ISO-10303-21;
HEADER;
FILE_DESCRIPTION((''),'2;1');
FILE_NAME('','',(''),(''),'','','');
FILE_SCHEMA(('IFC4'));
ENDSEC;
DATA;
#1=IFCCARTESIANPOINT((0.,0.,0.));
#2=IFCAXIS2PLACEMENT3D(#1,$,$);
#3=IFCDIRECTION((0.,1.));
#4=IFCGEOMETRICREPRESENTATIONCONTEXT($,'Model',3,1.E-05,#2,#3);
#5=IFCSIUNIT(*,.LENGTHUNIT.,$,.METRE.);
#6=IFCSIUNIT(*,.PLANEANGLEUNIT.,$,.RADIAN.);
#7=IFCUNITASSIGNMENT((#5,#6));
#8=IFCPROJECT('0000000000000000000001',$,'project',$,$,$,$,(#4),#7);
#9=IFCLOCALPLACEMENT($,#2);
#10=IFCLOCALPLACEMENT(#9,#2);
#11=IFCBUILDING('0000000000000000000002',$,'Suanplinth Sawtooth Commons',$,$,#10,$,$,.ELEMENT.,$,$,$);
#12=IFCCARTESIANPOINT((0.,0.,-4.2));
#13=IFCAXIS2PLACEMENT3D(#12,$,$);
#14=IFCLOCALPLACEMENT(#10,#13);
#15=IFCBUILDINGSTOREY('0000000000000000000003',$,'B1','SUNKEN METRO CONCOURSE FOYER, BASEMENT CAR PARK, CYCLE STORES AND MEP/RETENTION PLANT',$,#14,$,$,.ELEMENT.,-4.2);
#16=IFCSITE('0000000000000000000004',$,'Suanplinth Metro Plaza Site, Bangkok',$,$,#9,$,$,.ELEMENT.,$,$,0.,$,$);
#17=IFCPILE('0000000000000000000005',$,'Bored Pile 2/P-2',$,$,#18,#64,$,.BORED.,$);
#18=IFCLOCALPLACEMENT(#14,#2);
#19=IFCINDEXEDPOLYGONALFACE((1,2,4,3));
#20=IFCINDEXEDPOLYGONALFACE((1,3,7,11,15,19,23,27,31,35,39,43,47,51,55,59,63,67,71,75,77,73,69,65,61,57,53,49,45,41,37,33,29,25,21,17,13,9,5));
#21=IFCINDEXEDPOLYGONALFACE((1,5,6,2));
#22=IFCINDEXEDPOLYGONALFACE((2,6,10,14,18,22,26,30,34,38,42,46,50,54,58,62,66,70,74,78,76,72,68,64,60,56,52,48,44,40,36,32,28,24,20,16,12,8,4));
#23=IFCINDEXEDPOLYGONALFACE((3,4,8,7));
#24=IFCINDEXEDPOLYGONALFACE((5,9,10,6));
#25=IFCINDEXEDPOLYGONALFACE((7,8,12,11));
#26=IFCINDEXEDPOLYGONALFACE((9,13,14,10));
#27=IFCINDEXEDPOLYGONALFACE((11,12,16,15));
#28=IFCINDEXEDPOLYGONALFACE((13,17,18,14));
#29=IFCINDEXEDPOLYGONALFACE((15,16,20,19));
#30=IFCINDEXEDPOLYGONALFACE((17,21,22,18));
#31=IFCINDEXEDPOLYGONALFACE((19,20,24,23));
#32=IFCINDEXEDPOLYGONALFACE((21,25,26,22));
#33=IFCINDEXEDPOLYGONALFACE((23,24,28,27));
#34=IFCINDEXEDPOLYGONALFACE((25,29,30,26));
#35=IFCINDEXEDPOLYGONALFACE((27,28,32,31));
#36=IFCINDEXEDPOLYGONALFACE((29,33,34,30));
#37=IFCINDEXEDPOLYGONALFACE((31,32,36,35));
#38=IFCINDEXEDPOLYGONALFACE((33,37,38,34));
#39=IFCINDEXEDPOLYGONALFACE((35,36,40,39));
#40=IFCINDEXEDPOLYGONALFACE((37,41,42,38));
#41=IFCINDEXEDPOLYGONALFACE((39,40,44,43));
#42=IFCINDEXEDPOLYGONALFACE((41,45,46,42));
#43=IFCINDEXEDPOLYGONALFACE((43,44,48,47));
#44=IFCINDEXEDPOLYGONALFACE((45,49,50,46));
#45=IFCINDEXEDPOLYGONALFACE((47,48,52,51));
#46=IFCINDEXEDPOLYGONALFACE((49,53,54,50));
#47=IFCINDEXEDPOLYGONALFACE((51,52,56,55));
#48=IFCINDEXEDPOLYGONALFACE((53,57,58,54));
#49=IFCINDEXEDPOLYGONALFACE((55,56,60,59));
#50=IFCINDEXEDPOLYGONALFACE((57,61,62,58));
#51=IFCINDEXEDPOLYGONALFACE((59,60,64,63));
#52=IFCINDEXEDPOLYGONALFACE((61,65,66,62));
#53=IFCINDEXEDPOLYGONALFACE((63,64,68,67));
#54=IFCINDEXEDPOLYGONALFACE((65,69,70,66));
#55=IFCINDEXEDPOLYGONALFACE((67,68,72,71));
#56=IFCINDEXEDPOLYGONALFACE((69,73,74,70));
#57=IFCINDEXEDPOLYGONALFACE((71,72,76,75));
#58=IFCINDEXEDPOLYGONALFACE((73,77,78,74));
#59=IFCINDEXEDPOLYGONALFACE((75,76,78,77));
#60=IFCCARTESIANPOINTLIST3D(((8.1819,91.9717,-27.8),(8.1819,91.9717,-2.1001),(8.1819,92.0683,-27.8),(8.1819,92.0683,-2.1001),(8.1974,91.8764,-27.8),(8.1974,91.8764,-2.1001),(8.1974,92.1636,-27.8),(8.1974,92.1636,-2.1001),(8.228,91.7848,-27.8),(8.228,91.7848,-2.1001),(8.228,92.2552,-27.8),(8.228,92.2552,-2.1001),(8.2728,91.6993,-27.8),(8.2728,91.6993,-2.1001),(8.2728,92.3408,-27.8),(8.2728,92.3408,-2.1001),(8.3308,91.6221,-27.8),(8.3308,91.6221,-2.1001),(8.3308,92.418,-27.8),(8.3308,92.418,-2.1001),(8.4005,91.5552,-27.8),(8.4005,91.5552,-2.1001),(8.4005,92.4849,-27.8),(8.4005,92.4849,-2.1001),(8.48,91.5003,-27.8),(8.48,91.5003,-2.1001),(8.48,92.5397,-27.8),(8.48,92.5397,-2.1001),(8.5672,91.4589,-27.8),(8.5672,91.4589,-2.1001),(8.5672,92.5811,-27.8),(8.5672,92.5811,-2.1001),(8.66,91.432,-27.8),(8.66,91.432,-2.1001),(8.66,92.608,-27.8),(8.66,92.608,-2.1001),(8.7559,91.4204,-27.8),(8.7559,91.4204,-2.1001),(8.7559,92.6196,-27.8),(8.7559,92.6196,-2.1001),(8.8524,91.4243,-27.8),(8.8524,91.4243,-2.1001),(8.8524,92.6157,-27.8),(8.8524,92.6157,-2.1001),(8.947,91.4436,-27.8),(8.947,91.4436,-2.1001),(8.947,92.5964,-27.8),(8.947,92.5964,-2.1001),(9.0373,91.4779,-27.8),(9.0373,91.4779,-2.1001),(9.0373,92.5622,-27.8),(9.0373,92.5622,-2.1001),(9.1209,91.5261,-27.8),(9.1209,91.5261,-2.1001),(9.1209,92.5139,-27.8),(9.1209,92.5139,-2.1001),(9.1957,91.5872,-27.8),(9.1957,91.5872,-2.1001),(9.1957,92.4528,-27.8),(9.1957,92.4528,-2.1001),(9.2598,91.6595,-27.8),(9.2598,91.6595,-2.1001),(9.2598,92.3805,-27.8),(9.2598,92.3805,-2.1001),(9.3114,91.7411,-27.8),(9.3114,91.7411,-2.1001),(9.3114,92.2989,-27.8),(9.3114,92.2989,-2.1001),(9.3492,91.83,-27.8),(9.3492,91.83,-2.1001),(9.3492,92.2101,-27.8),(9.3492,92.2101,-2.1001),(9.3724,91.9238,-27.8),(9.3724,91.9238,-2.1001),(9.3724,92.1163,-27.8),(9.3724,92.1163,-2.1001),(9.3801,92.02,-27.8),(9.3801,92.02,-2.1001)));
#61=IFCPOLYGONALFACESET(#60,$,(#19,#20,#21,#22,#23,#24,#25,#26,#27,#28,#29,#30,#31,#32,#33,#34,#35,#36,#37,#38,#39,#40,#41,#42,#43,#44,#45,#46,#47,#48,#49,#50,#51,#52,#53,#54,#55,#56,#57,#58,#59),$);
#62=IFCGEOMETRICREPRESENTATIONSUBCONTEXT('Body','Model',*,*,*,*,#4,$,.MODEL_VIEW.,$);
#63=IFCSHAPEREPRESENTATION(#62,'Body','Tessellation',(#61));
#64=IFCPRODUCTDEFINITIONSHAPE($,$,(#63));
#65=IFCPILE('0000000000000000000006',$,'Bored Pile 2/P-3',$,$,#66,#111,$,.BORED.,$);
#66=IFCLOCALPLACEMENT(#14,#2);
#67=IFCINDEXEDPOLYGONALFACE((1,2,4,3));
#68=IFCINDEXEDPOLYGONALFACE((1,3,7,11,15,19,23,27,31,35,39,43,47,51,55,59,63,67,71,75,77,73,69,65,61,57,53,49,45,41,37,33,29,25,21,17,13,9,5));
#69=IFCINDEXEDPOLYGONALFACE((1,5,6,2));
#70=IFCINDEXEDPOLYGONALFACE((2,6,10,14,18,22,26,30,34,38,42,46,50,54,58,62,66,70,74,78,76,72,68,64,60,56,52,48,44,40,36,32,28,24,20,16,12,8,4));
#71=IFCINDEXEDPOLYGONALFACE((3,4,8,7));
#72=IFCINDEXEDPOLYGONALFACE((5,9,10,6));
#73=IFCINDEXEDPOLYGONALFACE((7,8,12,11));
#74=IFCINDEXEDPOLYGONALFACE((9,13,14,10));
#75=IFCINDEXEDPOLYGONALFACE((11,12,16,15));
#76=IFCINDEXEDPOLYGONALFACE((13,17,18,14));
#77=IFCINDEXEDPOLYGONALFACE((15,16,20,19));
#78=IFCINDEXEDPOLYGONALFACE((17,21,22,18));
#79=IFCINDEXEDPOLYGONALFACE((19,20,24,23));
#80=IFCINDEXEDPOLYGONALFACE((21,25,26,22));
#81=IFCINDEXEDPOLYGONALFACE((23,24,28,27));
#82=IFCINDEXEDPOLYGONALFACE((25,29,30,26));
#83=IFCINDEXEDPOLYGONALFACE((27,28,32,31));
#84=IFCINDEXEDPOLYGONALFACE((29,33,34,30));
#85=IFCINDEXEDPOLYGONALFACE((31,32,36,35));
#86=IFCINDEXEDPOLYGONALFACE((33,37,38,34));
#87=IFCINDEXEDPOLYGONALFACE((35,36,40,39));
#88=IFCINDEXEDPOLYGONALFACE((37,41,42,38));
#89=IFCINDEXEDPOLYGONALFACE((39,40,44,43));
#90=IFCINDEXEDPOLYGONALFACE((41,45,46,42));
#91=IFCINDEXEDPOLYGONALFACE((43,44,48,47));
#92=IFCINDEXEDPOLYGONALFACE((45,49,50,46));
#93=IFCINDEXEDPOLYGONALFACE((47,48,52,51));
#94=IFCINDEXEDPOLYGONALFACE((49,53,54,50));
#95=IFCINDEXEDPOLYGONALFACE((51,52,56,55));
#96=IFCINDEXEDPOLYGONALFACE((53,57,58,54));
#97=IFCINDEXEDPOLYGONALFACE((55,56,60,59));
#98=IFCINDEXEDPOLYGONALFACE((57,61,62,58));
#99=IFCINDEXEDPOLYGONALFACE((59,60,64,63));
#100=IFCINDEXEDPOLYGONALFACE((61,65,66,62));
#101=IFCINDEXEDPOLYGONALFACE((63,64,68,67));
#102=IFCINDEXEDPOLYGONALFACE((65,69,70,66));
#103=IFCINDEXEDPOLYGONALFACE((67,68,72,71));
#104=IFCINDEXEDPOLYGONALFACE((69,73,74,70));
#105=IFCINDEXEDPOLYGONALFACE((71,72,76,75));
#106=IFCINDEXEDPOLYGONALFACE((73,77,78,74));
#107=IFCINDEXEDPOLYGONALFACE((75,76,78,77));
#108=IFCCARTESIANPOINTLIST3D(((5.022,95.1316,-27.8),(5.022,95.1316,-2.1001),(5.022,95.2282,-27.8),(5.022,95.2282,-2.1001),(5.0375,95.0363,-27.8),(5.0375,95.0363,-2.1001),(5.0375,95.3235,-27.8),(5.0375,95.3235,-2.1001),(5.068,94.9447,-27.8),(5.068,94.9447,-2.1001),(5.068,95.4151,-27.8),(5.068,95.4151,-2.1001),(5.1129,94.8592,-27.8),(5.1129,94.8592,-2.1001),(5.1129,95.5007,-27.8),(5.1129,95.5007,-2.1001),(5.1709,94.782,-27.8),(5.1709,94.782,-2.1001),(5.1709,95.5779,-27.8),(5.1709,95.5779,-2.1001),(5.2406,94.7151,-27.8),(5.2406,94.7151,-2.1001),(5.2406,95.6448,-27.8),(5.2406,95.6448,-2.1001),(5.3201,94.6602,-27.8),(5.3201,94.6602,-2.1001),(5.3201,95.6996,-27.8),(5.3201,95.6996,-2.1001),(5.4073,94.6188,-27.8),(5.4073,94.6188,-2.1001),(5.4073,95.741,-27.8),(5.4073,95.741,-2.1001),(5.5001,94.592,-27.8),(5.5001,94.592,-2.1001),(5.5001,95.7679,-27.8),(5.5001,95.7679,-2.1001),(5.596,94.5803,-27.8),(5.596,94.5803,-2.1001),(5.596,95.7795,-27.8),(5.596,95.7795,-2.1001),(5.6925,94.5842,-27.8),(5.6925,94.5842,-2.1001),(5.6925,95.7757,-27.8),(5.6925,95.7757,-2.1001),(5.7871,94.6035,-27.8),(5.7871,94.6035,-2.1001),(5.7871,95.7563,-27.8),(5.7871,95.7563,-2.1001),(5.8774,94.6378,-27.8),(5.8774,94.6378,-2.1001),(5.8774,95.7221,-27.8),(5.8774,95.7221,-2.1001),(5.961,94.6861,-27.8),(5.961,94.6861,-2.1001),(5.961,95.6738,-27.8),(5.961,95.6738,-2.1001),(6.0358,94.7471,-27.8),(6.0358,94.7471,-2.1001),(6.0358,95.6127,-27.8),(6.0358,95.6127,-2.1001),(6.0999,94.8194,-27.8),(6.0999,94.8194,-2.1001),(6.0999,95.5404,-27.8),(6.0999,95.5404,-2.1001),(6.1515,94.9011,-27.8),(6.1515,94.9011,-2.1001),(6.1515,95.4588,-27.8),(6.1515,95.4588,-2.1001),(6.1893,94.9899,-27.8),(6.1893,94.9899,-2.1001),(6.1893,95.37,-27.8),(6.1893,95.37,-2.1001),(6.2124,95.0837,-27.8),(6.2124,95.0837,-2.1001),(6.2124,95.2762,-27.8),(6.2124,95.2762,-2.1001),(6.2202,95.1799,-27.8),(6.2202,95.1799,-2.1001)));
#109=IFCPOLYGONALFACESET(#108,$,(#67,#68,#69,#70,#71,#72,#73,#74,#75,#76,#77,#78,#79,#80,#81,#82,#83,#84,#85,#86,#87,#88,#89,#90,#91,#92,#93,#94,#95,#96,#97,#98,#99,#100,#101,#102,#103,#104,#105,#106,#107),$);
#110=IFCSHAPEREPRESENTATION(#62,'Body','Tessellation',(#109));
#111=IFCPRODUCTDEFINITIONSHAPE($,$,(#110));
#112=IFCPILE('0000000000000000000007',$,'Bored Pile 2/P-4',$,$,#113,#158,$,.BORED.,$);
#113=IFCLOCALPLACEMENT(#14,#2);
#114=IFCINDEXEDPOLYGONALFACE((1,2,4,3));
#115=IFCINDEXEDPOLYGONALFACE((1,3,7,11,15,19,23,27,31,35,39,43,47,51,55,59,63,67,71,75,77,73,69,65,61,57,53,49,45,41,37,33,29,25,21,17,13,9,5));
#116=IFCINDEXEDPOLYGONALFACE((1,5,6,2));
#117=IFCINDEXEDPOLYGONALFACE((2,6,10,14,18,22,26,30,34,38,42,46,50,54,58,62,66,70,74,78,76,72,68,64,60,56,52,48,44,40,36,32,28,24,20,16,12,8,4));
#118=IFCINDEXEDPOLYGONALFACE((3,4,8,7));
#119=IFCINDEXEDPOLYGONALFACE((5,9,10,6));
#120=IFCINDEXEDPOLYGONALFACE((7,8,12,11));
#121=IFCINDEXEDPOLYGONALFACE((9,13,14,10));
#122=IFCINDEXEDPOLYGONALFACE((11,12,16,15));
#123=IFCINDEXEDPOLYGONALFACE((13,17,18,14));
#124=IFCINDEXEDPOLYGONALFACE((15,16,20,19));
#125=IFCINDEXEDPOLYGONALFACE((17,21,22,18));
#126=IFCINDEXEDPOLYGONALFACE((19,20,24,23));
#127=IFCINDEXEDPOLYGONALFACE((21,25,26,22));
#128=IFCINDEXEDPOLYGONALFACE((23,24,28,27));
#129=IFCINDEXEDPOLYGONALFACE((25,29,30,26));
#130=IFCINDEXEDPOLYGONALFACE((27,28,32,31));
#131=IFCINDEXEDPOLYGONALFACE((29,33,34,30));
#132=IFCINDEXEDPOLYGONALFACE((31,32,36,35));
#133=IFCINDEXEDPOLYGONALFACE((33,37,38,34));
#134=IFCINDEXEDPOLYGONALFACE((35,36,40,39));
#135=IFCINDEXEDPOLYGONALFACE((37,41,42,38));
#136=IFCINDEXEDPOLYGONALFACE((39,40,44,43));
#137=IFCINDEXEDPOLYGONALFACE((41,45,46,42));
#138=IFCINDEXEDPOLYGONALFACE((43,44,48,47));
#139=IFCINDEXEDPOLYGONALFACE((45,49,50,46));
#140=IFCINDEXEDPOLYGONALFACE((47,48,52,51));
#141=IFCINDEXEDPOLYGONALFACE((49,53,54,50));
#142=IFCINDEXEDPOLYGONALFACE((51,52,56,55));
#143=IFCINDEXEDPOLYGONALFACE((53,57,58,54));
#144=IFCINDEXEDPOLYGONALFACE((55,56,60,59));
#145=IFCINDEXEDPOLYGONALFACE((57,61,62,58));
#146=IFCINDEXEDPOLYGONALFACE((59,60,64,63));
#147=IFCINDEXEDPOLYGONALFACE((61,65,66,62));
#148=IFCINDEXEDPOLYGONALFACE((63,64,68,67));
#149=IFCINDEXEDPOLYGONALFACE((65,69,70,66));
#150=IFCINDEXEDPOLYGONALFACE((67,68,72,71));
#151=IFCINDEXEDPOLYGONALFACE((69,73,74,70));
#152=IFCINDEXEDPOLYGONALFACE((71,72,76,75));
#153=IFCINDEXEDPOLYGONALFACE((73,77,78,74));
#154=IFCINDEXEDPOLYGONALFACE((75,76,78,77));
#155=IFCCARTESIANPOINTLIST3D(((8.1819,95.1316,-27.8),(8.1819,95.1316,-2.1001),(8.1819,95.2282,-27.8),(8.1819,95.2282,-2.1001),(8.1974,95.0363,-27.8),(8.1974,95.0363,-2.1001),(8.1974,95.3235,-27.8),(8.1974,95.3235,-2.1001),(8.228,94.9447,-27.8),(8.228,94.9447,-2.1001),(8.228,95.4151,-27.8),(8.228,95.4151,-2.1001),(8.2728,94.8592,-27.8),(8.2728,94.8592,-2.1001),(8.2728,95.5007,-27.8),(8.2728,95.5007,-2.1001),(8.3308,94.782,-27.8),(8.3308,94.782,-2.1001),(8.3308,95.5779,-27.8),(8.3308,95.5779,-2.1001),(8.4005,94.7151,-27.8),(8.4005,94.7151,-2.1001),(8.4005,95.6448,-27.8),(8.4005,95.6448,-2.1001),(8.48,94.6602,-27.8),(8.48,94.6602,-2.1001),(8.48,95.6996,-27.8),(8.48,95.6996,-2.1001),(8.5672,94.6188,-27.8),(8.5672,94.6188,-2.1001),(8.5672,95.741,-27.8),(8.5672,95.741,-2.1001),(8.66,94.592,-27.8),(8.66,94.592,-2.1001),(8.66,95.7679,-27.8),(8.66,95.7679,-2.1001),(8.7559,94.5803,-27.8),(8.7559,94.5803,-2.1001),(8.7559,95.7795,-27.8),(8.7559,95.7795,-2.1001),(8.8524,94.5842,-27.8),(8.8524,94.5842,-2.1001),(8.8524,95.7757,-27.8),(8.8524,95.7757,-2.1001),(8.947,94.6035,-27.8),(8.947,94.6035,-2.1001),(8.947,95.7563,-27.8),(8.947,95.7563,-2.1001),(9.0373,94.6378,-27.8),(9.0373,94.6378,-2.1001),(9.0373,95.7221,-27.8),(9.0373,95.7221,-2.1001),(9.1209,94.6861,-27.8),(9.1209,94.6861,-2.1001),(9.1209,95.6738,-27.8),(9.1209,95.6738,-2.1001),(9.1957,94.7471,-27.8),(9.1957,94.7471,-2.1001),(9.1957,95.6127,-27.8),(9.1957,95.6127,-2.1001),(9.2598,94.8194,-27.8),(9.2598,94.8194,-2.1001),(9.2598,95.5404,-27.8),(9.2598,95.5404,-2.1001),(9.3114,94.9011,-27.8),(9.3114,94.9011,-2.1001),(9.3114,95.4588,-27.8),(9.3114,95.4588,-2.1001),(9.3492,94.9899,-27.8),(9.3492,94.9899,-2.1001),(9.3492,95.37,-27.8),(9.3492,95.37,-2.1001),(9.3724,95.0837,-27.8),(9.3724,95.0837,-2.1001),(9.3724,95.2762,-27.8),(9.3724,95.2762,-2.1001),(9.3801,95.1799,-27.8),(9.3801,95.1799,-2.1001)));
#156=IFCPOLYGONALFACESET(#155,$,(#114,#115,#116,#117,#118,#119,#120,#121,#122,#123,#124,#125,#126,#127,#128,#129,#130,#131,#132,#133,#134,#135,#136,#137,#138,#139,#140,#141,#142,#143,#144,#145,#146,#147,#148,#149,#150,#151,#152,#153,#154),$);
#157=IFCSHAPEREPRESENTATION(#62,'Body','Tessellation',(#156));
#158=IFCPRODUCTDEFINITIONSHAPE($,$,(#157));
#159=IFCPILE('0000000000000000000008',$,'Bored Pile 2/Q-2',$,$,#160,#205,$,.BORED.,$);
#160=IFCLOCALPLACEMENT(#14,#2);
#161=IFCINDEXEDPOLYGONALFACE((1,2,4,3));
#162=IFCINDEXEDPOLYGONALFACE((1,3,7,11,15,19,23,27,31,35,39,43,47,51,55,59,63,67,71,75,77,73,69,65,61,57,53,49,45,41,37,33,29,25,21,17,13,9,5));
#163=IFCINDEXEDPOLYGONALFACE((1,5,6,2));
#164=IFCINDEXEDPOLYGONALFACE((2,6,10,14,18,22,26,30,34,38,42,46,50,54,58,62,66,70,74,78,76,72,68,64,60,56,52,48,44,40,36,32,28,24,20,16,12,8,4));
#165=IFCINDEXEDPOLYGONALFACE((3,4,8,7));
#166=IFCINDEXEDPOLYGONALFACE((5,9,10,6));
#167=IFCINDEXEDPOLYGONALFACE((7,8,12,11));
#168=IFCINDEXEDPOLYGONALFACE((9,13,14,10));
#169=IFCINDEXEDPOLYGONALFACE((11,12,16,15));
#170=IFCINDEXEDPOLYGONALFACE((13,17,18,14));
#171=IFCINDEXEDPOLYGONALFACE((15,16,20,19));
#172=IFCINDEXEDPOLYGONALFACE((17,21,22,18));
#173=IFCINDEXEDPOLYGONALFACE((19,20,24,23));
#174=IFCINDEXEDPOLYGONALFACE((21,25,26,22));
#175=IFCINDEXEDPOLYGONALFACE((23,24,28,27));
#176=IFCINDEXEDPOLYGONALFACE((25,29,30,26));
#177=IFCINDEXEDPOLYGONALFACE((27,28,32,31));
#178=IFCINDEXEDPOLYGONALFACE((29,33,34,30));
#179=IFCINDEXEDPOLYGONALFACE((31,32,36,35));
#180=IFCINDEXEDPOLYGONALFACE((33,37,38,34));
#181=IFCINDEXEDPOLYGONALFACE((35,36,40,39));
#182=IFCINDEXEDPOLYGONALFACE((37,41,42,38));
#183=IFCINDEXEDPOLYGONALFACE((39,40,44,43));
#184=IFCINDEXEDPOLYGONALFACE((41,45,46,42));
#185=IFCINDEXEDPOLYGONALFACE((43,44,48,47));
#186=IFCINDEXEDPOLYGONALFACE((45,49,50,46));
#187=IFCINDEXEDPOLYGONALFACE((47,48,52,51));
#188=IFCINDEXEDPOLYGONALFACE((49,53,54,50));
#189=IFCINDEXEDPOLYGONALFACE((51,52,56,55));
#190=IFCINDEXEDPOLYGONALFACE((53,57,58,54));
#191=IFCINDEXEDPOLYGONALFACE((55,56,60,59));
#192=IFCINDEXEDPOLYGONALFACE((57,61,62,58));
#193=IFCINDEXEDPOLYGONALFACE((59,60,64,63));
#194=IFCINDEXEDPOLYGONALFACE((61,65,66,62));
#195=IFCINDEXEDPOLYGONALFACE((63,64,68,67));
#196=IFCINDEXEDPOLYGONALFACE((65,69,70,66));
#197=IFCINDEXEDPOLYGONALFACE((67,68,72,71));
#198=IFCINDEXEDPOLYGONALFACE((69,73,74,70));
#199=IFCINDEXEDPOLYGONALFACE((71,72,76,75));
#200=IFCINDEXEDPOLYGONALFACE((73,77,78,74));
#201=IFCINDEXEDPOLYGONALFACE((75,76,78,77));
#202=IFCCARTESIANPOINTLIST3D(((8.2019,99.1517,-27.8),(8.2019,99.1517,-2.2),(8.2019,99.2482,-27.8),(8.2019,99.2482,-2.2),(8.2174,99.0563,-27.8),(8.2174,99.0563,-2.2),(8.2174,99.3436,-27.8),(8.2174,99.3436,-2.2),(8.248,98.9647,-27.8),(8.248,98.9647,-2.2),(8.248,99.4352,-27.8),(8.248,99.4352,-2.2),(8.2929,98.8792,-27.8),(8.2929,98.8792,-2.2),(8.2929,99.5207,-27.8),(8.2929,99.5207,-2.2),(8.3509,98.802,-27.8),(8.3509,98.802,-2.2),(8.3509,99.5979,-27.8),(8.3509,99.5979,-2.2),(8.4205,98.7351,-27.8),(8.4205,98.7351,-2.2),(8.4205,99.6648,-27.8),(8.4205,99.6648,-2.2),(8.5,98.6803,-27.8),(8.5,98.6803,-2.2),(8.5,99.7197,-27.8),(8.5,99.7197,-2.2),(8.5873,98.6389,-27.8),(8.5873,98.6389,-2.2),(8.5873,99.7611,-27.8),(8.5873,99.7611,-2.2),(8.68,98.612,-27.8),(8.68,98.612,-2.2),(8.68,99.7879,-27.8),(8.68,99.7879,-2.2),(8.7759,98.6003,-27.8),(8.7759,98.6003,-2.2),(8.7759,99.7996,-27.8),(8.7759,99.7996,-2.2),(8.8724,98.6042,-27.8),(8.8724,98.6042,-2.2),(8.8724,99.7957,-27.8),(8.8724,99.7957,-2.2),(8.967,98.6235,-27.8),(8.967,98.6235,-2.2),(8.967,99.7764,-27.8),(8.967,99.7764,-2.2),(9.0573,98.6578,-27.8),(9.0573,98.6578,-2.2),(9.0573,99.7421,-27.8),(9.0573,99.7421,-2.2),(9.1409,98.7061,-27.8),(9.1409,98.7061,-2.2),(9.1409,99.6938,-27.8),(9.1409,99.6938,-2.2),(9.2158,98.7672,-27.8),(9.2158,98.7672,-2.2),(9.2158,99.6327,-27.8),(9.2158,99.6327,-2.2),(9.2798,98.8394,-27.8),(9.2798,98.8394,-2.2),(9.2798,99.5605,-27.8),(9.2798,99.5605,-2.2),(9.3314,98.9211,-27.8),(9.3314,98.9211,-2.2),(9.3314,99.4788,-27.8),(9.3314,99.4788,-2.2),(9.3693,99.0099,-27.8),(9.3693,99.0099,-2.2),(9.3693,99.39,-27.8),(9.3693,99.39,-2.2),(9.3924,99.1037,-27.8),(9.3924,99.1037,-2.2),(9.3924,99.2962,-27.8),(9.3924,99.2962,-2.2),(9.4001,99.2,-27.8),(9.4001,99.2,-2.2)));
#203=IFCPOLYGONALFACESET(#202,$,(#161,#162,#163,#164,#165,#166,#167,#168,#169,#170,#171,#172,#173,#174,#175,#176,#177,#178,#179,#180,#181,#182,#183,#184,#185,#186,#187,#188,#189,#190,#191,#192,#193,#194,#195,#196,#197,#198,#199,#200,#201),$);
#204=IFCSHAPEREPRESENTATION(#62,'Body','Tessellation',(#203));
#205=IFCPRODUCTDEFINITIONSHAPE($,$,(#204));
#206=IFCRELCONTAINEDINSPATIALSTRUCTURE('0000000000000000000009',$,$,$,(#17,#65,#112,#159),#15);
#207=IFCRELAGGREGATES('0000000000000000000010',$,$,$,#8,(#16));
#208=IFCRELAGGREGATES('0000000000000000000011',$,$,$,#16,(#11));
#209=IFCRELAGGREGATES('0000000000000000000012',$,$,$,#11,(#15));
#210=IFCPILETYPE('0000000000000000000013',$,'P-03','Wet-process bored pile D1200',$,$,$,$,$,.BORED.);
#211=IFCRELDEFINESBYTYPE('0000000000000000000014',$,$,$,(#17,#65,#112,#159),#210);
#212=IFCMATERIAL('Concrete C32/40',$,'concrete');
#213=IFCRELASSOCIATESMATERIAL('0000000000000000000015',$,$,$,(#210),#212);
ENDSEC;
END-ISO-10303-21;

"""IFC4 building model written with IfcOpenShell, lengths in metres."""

from ifc_helpers import new_model, si_unit, direction, frame, origin, origin_2d, place, context, subcontext, project, spatial, circle, extrude, material, material_profile, profile_set, type_object, element, save


model = new_model("IFC4")

# Units and contexts
model_context = context("Model", 3, precision=1e-05, world=origin(), true_north=direction((0.0, 1.0)))
body_context = subcontext(model_context, "Body", "Model", "MODEL_VIEW")
ifc_project = project(units=[si_unit("LENGTHUNIT", "METRE"), si_unit("PLANEANGLEUNIT", "RADIAN")], contexts=[model_context])

# Site, building, storey
site_placement = place(None, origin())
site = spatial("IfcSite", under=ifc_project, at=site_placement, Name="Suanplinth Metro Plaza Site, Bangkok", CompositionType="ELEMENT", RefElevation=0.0)
building_placement = place(site_placement, origin())
building = spatial("IfcBuilding", under=site, at=building_placement, Name="Suanplinth Sawtooth Commons", CompositionType="ELEMENT")
storey_placement = place(building_placement, frame((0.0, 0.0, -4.2)))
storey = spatial("IfcBuildingStorey", under=building, at=storey_placement, Name="B1", Description="SUNKEN METRO CONCOURSE FOYER, BASEMENT CAR PARK, CYCLE STORES AND MEP/RETENTION PLANT", CompositionType="ELEMENT", Elevation=-4.2)

# Piles
ifc_material_1 = material(Name="Concrete C32/40", Category="concrete")
ifc_material_profile_1 = material_profile(ifc_material_1, circle(Radius=0.6001, at=origin_2d()), Name="PILE D1200")
ifc_profile_set_1 = profile_set([ifc_material_profile_1], Name="Concrete C32/40")
pile_type = type_object("IfcPileType", Name="P-03", Description="Wet-process bored pile D1200", PredefinedType="BORED", material=ifc_profile_set_1)
for number, where, z_axis, x_axis, name in (
    (1, (8.78, 92.02, -2.1001), (0.0, 0.0, -1.0), (1.0, 0.0, 0.0), "Bored Pile 2/P-2"),
    (2, (5.6201, 95.1799, -2.1001), (0.0, 0.0, -1.0), (1.0, 0.0, 0.0), "Bored Pile 2/P-3"),
    (3, (8.78, 95.1799, -2.1001), (0.0, 0.0, -1.0), (1.0, 0.0, 0.0), "Bored Pile 2/P-4"),
):
    element("IfcPile", number, at=place(storey_placement, frame(where, z_axis=z_axis, x_axis=x_axis)), inside=storey, type_object=pile_type, Name=name, PredefinedType="BORED", context=body_context, shape_type="SweptSolid", body=[
        extrude(circle(Radius=0.6001, at=origin_2d()), origin(), (0.0, 0.0, 1.0), 25.7),
    ])
pile_1_placement = place(storey_placement, frame((8.8, 99.2, -2.2), z_axis=(0.0, 0.0, -1.0), x_axis=(1.0, 0.0, 0.0)))
element("IfcPile", 4, at=pile_1_placement, inside=storey, type_object=pile_type, Name="Bored Pile 2/Q-2", PredefinedType="BORED", context=body_context, shape_type="SweptSolid", body=[
    extrude(circle(Radius=0.6001, at=origin_2d()), origin(), (0.0, 0.0, 1.0), 25.6001),
])

save(model, "model.ifc")
